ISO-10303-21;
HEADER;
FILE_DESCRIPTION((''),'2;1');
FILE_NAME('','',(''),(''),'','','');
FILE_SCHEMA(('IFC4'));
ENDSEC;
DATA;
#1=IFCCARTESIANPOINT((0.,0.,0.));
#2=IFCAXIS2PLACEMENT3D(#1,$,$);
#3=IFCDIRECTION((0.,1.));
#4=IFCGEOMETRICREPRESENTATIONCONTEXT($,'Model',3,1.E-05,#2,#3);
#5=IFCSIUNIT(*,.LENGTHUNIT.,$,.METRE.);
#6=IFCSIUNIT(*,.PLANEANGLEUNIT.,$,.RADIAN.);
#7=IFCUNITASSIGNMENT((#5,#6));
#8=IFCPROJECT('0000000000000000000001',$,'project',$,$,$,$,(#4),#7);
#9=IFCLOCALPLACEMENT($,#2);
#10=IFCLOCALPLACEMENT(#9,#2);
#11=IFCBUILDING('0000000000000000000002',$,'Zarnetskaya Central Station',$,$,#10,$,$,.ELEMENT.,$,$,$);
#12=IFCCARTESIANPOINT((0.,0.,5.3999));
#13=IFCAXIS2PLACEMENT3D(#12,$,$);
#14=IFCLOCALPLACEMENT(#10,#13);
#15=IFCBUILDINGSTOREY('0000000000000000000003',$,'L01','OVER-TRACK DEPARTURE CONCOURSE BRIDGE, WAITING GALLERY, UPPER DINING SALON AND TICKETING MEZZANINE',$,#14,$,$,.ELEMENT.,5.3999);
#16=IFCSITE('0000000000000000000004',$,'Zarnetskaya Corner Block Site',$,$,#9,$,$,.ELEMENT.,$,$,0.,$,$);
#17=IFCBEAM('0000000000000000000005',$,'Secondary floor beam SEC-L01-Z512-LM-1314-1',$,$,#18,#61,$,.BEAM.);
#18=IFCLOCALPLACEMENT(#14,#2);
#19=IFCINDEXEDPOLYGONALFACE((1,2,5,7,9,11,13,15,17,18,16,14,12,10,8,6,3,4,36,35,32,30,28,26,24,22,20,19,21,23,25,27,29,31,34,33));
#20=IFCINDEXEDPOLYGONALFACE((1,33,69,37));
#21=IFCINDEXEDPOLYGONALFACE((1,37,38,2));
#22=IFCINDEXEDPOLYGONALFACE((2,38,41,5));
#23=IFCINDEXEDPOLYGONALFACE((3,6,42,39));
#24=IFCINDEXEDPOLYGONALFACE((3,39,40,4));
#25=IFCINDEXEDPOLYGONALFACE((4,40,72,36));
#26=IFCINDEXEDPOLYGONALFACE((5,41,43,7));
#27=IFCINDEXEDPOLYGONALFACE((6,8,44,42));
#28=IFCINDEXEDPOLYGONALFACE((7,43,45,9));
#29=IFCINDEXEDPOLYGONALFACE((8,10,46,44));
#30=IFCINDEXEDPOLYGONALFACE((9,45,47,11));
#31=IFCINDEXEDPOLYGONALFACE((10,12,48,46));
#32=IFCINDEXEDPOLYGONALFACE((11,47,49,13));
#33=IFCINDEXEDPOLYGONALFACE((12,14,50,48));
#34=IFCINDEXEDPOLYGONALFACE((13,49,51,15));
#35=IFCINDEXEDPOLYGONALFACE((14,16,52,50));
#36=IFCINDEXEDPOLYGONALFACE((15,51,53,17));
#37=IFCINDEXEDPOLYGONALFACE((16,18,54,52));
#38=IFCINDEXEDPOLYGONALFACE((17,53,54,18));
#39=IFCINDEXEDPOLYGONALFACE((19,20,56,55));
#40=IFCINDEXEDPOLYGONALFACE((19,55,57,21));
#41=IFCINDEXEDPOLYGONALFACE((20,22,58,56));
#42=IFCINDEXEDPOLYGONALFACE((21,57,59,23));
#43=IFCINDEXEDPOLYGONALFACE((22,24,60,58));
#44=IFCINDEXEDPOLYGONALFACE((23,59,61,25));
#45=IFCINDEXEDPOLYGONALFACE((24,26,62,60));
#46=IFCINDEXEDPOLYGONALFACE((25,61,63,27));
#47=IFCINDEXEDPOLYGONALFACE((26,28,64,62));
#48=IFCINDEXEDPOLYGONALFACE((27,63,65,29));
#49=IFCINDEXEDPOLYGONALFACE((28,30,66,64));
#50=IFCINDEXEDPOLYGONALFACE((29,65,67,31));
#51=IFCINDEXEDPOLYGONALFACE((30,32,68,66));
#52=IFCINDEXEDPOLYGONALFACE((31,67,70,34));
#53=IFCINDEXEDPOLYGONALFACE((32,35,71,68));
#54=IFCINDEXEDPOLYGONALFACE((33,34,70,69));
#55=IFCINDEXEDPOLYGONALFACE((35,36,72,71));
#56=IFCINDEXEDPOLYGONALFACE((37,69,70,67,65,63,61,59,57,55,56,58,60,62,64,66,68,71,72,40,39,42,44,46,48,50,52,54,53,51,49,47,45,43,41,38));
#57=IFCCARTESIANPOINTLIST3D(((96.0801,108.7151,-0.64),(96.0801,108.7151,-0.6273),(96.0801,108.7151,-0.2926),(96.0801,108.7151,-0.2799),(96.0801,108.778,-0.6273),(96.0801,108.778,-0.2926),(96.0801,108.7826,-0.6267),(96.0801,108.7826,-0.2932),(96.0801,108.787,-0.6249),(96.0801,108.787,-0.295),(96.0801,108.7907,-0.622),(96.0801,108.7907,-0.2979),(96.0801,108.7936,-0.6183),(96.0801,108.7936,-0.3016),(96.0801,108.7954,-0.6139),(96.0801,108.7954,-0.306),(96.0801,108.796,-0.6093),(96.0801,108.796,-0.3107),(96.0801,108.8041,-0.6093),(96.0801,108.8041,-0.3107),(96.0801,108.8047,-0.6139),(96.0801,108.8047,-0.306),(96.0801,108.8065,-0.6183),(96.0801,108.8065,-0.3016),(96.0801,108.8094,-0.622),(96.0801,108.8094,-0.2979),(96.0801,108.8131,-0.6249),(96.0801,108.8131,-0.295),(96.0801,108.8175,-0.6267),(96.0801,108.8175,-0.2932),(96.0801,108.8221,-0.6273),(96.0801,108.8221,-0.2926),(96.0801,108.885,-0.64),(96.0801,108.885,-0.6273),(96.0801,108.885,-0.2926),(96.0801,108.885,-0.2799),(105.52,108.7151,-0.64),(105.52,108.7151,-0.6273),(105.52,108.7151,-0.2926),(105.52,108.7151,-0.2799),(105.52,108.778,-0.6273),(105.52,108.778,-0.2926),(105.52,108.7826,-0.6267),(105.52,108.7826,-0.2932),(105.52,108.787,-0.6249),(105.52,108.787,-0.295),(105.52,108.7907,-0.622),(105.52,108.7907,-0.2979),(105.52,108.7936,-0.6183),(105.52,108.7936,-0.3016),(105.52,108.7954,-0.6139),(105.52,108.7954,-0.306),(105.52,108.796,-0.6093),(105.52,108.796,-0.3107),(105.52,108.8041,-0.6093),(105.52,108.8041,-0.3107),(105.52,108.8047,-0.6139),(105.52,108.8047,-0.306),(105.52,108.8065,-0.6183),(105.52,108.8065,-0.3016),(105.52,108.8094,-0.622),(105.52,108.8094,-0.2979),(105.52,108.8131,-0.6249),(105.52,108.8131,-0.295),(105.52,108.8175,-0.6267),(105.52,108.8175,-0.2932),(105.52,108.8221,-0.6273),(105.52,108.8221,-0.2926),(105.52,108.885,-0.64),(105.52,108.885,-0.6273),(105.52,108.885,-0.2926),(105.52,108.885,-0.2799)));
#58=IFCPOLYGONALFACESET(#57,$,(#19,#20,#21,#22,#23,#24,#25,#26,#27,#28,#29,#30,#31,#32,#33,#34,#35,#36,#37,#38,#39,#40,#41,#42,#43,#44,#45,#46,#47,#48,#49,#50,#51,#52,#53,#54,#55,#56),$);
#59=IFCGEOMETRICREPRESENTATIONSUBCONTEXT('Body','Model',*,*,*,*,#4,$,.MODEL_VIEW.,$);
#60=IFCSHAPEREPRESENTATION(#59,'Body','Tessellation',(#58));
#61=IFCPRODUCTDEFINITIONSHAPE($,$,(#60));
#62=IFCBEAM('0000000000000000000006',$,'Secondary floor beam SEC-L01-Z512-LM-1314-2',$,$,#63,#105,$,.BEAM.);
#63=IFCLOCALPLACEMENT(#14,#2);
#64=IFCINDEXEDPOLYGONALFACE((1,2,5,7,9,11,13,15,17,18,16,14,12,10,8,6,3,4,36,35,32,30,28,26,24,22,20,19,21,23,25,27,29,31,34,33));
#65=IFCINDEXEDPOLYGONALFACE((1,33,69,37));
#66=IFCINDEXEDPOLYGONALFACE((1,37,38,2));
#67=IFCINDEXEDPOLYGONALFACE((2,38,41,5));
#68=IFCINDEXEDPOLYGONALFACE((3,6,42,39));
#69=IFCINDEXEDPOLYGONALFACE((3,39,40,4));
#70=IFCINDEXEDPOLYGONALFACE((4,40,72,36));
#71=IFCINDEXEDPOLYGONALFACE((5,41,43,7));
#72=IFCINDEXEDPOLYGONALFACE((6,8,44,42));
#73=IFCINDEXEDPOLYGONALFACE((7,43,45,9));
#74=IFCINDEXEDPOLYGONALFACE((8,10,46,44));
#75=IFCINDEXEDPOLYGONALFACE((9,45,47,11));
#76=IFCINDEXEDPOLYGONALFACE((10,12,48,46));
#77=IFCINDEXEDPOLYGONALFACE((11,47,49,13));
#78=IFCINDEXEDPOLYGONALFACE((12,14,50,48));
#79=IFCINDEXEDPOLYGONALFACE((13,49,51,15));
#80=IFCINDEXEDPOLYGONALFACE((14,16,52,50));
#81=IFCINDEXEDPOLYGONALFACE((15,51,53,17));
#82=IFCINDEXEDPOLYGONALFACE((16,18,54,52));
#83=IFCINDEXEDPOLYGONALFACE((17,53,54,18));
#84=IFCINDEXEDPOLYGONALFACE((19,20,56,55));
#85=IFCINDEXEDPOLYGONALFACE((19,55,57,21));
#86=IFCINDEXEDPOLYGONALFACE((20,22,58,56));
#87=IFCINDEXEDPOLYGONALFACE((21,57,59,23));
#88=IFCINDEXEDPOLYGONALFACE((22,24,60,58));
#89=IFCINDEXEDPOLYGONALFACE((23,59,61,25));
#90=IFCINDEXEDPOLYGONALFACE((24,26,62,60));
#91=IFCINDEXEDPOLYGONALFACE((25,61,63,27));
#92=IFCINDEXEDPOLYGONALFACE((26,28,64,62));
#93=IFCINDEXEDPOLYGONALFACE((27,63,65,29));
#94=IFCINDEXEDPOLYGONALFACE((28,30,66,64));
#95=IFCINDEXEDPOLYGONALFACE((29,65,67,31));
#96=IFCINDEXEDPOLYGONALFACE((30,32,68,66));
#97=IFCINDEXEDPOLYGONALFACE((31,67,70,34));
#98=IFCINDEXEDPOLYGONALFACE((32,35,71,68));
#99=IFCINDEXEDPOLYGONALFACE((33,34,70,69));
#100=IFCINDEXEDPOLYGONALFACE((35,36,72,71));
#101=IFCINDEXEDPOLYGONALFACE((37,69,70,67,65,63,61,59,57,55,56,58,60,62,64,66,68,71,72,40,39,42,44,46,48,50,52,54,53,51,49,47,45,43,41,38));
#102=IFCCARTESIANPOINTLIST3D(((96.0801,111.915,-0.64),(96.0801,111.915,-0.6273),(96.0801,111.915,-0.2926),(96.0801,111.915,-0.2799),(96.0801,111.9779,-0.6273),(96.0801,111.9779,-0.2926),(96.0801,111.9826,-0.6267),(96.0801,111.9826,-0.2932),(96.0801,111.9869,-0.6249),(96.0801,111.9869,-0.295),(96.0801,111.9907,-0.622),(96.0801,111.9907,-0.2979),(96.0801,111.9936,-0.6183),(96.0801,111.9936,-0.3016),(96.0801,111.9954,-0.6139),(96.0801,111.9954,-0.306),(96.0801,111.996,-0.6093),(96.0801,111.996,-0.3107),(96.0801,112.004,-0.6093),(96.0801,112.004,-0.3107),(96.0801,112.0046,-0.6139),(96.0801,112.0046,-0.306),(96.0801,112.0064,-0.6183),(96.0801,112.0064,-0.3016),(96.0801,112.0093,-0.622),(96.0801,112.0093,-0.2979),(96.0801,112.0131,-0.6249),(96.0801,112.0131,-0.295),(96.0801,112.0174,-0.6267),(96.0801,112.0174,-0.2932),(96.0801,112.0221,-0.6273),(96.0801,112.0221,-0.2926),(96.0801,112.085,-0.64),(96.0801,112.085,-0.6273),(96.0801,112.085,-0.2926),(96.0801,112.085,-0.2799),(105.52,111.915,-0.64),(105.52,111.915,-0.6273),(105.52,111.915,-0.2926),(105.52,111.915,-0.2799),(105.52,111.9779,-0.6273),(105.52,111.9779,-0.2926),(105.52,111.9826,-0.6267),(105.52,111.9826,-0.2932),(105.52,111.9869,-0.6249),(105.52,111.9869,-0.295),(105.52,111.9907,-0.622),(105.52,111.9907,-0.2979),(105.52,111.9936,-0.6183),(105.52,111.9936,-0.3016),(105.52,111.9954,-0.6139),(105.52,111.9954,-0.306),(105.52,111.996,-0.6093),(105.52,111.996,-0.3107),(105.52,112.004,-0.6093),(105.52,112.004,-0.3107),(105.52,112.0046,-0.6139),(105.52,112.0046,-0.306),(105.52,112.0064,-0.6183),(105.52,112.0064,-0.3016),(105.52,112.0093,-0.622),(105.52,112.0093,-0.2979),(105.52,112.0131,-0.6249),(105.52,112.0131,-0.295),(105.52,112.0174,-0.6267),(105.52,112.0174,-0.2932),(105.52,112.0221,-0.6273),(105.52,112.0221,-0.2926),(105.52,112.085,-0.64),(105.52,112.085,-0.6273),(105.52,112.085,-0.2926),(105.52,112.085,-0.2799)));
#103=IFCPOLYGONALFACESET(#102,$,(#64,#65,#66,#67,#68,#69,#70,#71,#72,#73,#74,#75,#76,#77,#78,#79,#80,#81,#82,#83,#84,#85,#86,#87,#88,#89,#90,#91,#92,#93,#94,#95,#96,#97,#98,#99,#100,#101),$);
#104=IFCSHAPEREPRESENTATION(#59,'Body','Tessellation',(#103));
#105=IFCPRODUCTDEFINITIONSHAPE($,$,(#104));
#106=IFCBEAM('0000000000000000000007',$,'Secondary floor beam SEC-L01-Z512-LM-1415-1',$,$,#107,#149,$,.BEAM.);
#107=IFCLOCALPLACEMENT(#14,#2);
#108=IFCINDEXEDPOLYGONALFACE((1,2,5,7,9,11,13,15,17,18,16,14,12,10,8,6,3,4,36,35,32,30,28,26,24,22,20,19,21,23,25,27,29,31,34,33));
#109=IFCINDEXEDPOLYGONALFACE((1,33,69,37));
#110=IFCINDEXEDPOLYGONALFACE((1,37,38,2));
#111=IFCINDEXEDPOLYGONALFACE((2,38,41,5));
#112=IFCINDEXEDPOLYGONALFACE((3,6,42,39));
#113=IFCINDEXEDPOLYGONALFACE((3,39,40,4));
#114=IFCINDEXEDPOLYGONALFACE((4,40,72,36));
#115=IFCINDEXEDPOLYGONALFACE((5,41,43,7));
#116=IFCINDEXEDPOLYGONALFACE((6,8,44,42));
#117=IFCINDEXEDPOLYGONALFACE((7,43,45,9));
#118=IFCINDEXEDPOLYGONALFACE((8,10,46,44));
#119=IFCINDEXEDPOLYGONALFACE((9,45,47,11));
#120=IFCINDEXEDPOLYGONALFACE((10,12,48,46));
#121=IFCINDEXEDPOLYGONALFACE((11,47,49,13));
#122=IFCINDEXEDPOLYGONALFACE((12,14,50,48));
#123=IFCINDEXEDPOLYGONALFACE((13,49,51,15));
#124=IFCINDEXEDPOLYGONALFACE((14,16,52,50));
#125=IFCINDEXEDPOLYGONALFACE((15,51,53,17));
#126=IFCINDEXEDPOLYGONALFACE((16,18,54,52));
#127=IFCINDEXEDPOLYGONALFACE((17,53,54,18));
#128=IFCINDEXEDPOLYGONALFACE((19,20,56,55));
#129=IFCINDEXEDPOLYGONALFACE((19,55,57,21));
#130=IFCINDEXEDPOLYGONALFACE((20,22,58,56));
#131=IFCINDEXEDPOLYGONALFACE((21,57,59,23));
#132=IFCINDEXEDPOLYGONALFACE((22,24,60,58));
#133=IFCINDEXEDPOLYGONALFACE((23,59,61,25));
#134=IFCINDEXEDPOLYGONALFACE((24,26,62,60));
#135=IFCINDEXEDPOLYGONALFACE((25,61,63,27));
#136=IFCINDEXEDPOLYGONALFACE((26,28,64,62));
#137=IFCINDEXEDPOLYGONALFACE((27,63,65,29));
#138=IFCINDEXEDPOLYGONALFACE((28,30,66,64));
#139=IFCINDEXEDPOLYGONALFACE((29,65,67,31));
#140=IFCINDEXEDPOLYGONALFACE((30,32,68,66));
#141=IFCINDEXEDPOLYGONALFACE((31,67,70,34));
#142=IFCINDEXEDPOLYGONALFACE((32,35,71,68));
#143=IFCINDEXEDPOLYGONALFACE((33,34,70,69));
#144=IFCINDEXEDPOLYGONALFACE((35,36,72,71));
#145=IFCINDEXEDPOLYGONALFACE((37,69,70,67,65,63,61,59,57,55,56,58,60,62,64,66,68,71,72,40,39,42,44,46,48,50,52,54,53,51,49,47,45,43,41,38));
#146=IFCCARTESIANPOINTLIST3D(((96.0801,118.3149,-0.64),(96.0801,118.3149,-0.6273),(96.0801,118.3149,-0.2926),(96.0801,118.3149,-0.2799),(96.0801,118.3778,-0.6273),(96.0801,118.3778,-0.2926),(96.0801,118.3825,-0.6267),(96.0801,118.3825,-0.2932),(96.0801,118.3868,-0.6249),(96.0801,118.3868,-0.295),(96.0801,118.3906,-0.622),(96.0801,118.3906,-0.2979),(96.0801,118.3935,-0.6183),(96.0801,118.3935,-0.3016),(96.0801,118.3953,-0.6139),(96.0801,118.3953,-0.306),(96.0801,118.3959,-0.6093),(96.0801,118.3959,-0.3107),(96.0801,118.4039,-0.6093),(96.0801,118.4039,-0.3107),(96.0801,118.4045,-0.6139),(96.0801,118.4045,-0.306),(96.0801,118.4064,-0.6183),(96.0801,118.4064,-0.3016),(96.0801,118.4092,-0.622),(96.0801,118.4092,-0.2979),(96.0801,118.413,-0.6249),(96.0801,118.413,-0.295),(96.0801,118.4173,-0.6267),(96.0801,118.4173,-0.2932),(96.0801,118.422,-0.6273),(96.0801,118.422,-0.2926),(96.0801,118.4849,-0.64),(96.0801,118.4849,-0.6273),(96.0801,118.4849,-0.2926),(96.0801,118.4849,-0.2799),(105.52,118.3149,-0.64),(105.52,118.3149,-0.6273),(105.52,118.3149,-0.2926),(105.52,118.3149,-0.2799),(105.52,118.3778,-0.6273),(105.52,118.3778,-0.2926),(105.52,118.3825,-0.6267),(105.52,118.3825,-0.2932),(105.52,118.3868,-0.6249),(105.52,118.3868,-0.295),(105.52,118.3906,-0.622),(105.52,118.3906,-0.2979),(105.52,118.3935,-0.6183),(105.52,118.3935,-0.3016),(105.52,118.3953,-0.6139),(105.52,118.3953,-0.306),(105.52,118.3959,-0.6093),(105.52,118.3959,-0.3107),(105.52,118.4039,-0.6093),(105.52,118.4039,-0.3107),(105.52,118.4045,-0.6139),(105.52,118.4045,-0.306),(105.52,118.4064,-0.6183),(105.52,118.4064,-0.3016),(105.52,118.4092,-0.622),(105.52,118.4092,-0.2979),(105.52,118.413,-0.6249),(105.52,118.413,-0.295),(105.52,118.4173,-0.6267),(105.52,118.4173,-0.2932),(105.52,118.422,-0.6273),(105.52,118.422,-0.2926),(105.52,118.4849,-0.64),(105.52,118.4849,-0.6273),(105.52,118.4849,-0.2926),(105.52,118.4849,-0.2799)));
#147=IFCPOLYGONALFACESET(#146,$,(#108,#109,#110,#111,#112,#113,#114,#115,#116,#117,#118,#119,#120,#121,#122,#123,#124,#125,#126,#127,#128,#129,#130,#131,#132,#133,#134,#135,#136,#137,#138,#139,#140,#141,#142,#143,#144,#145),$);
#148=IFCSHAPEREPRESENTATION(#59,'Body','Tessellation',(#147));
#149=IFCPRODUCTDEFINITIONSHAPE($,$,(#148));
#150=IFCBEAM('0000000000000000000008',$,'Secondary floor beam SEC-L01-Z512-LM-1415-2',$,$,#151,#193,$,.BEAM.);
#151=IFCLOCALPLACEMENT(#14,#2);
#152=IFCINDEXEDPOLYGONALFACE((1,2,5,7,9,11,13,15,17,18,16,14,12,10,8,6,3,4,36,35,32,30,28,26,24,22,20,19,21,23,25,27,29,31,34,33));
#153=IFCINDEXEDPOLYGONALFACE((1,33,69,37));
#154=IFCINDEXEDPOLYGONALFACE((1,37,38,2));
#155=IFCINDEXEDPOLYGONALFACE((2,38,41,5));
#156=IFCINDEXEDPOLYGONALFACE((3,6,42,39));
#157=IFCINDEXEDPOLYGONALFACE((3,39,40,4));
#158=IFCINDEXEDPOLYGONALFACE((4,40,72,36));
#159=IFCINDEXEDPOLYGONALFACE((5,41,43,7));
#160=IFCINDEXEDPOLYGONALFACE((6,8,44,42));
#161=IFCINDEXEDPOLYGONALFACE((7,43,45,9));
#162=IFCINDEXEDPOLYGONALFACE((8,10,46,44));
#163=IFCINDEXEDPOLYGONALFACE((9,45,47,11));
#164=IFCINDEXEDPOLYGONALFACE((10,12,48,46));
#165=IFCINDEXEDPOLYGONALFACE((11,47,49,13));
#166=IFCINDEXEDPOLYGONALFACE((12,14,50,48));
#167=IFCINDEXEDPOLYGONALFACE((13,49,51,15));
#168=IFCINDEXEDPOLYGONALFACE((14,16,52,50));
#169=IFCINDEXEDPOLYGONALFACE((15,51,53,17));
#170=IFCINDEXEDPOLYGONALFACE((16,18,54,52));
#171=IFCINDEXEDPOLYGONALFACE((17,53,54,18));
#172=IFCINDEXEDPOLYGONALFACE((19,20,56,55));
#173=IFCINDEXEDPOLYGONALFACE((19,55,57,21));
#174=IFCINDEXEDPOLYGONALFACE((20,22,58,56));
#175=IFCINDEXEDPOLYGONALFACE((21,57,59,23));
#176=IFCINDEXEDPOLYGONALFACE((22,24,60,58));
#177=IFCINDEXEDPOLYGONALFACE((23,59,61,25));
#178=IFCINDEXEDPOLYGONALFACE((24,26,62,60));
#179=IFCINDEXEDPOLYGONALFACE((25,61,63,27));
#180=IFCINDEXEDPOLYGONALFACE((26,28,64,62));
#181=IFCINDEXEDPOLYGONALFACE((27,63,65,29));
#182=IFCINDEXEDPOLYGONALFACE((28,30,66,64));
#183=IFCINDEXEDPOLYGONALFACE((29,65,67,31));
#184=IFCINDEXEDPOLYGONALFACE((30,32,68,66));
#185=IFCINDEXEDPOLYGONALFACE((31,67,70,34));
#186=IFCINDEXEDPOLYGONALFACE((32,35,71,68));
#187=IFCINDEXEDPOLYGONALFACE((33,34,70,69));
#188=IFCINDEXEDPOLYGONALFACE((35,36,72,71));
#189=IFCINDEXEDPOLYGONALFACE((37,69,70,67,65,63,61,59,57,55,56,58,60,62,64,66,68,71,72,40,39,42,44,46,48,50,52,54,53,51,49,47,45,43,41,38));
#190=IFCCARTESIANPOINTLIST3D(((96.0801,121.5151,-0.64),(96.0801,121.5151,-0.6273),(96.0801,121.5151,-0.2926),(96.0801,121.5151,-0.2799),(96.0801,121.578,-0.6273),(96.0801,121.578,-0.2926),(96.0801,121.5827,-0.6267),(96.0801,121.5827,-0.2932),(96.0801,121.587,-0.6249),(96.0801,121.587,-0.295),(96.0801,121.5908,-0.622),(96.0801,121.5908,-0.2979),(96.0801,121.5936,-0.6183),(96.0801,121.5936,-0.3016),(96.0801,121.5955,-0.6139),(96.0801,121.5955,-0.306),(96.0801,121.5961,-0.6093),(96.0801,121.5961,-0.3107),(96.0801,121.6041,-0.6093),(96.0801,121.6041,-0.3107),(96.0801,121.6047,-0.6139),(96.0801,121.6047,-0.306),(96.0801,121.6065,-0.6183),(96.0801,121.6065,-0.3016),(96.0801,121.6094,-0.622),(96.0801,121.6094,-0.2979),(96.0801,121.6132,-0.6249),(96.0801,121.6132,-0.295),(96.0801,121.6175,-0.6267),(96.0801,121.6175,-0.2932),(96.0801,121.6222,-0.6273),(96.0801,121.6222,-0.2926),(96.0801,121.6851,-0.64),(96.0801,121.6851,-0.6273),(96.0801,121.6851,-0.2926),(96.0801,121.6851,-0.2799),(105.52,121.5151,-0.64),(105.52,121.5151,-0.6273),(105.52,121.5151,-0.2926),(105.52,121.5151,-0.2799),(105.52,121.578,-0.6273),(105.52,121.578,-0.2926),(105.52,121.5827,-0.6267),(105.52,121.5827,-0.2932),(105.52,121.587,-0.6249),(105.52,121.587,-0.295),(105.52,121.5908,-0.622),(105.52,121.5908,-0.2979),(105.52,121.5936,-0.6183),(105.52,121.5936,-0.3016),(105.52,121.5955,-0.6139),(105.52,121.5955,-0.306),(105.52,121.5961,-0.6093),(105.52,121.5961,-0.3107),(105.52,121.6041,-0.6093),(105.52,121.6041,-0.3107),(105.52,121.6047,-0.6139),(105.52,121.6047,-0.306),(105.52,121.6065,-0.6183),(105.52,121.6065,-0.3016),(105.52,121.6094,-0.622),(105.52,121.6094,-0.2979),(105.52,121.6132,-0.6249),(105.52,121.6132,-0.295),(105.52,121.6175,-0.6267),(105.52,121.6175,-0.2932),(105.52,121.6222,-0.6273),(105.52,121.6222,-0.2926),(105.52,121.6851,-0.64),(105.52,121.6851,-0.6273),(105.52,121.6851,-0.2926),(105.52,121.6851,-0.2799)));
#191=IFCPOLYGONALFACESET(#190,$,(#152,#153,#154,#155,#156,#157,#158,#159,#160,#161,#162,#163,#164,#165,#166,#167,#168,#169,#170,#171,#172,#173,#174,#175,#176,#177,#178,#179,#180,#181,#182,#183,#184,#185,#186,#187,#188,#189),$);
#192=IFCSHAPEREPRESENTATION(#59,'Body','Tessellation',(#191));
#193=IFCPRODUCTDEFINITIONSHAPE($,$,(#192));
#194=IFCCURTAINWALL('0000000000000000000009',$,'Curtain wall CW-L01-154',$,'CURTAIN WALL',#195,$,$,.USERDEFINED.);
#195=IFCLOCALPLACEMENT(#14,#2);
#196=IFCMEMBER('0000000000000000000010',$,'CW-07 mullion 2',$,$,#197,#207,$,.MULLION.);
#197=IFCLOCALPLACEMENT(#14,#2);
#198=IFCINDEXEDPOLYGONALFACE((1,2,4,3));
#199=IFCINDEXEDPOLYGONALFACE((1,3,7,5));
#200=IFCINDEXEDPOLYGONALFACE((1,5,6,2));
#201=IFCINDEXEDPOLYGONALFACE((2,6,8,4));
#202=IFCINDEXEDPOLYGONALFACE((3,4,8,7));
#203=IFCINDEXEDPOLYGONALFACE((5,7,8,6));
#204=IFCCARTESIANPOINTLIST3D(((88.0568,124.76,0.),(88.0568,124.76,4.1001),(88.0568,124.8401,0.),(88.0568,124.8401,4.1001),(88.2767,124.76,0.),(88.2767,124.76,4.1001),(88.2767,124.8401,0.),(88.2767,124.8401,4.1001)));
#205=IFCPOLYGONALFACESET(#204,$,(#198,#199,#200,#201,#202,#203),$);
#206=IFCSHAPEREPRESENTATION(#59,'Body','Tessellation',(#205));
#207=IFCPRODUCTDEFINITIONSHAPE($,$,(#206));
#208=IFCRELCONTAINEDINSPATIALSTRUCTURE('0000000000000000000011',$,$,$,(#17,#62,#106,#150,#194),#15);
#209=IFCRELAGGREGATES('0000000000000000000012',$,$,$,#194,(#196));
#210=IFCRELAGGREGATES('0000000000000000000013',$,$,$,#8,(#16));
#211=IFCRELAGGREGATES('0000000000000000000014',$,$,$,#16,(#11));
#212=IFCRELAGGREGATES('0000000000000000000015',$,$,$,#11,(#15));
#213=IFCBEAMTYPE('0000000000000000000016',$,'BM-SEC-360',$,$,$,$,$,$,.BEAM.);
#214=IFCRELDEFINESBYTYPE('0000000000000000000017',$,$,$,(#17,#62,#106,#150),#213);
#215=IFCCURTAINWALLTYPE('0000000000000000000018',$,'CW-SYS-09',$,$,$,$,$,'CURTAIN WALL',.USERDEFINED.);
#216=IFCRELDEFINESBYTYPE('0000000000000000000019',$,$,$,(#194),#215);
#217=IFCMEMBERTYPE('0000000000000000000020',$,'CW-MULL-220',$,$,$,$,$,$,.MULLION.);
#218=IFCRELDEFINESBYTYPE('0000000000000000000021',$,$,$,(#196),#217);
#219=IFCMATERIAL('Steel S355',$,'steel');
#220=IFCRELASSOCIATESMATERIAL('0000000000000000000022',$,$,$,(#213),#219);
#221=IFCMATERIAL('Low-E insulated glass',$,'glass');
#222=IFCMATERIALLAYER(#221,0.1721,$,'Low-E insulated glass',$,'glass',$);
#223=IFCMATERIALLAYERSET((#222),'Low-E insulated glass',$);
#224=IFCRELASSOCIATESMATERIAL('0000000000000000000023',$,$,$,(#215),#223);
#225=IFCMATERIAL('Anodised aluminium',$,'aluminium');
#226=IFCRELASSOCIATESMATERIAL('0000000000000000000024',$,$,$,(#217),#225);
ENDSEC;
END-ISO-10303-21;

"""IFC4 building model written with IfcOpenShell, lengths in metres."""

from ifc_helpers import new_model, si_unit, direction, frame, origin, origin_2d, place, context, subcontext, project, spatial, rectangle, i_section, extrude, material, layer, layer_set, material_profile, profile_set, type_object, element, aggregate, save


model = new_model("IFC4")

# Units and contexts
model_context = context("Model", 3, precision=1e-05, world=origin(), true_north=direction((0.0, 1.0)))
body_context = subcontext(model_context, "Body", "Model", "MODEL_VIEW")
ifc_project = project(units=[si_unit("LENGTHUNIT", "METRE"), si_unit("PLANEANGLEUNIT", "RADIAN")], contexts=[model_context])

# Site, building, storey
site_placement = place(None, origin())
site = spatial("IfcSite", under=ifc_project, at=site_placement, Name="Zarnetskaya Corner Block Site", CompositionType="ELEMENT", RefElevation=0.0)
building_placement = place(site_placement, origin())
building = spatial("IfcBuilding", under=site, at=building_placement, Name="Zarnetskaya Central Station", CompositionType="ELEMENT")
storey_placement = place(building_placement, frame((0.0, 0.0, 5.3999)))
storey = spatial("IfcBuildingStorey", under=building, at=storey_placement, Name="L01", Description="OVER-TRACK DEPARTURE CONCOURSE BRIDGE, WAITING GALLERY, UPPER DINING SALON AND TICKETING MEZZANINE", CompositionType="ELEMENT", Elevation=5.3999)

# Beams
ifc_material_1 = material(Name="Steel S355", Category="steel")
ifc_material_profile_1 = material_profile(ifc_material_1, i_section(OverallWidth=0.1699, OverallDepth=0.3601, WebThickness=0.0081, FlangeThickness=0.0127, FilletRadius=0.0181, at=origin_2d()), Name="IPE 360")
ifc_profile_set_1 = profile_set([ifc_material_profile_1], Name="Steel S355")
beam_type_1 = type_object("IfcBeamType", Name="BM-SEC-360", PredefinedType="BEAM", material=ifc_profile_set_1)
for number, where, z_axis, x_axis, name in (
    (1, (96.0801, 108.8, -0.46), (1.0, 0.0, 0.0), (0.0, 1.0, 0.0), "Secondary floor beam SEC-L01-Z512-LM-1314-1"),
    (2, (96.0801, 112.0, -0.46), (1.0, 0.0, 0.0), (0.0, 1.0, 0.0), "Secondary floor beam SEC-L01-Z512-LM-1314-2"),
    (3, (96.0801, 118.3999, -0.46), (1.0, 0.0, 0.0), (0.0, 1.0, 0.0), "Secondary floor beam SEC-L01-Z512-LM-1415-1"),
    (4, (96.0801, 121.6001, -0.46), (1.0, 0.0, 0.0), (0.0, 1.0, 0.0), "Secondary floor beam SEC-L01-Z512-LM-1415-2"),
):
    element("IfcBeam", number, at=place(storey_placement, frame(where, z_axis=z_axis, x_axis=x_axis)), inside=storey, type_object=beam_type_1, Name=name, PredefinedType="BEAM", context=body_context, shape_type="SweptSolid", body=[
        extrude(i_section(OverallWidth=0.1699, OverallDepth=0.3601, WebThickness=0.0081, FlangeThickness=0.0127, FilletRadius=0.0181, at=origin_2d()), origin(), (0.0, 0.0, 1.0), 9.4399),
    ])

# Curtain wall, member
ifc_material_2 = material(Name="Low-E insulated glass", Category="glass")
ifc_layer_1 = layer(ifc_material_2, 0.1721, Name="Low-E insulated glass", Category="glass")
ifc_layer_set_1 = layer_set([ifc_layer_1], Name="Low-E insulated glass")
curtain_wall_type = type_object("IfcCurtainWallType", Name="CW-SYS-09", ElementType="CURTAIN WALL", PredefinedType="USERDEFINED", material=ifc_layer_set_1)
curtain_wall_placement = place(storey_placement, origin())
curtain_wall = element("IfcCurtainWall", 5, at=curtain_wall_placement, inside=storey, type_object=curtain_wall_type, Name="Curtain wall CW-L01-154", ObjectType="CURTAIN WALL", PredefinedType="USERDEFINED")
ifc_material_3 = material(Name="Anodised aluminium", Category="aluminium")
ifc_material_profile_2 = material_profile(ifc_material_3, rectangle(XDim=0.0801, YDim=0.22, at=origin_2d()), Name="ALU MULL 80x220")
ifc_profile_set_2 = profile_set([ifc_material_profile_2], Name="Anodised aluminium")
member_type_1 = type_object("IfcMemberType", Name="CW-MULL-220", PredefinedType="MULLION", material=ifc_profile_set_2)
member_1_placement = place(storey_placement, frame((88.1667, 124.8, 0.0), z_axis=(0.0, 0.0, 1.0), x_axis=(0.0, 1.0, 0.0)))
member_1 = element("IfcMember", 6, at=member_1_placement, type_object=member_type_1, Name="CW-07 mullion 2", PredefinedType="MULLION", context=body_context, shape_type="SweptSolid", body=[
    extrude(rectangle(XDim=0.0801, YDim=0.22, at=origin_2d()), origin(), (0.0, 0.0, 1.0), 4.1001),
])

aggregate(curtain_wall, [member_1])

save(model, "model.ifc")
